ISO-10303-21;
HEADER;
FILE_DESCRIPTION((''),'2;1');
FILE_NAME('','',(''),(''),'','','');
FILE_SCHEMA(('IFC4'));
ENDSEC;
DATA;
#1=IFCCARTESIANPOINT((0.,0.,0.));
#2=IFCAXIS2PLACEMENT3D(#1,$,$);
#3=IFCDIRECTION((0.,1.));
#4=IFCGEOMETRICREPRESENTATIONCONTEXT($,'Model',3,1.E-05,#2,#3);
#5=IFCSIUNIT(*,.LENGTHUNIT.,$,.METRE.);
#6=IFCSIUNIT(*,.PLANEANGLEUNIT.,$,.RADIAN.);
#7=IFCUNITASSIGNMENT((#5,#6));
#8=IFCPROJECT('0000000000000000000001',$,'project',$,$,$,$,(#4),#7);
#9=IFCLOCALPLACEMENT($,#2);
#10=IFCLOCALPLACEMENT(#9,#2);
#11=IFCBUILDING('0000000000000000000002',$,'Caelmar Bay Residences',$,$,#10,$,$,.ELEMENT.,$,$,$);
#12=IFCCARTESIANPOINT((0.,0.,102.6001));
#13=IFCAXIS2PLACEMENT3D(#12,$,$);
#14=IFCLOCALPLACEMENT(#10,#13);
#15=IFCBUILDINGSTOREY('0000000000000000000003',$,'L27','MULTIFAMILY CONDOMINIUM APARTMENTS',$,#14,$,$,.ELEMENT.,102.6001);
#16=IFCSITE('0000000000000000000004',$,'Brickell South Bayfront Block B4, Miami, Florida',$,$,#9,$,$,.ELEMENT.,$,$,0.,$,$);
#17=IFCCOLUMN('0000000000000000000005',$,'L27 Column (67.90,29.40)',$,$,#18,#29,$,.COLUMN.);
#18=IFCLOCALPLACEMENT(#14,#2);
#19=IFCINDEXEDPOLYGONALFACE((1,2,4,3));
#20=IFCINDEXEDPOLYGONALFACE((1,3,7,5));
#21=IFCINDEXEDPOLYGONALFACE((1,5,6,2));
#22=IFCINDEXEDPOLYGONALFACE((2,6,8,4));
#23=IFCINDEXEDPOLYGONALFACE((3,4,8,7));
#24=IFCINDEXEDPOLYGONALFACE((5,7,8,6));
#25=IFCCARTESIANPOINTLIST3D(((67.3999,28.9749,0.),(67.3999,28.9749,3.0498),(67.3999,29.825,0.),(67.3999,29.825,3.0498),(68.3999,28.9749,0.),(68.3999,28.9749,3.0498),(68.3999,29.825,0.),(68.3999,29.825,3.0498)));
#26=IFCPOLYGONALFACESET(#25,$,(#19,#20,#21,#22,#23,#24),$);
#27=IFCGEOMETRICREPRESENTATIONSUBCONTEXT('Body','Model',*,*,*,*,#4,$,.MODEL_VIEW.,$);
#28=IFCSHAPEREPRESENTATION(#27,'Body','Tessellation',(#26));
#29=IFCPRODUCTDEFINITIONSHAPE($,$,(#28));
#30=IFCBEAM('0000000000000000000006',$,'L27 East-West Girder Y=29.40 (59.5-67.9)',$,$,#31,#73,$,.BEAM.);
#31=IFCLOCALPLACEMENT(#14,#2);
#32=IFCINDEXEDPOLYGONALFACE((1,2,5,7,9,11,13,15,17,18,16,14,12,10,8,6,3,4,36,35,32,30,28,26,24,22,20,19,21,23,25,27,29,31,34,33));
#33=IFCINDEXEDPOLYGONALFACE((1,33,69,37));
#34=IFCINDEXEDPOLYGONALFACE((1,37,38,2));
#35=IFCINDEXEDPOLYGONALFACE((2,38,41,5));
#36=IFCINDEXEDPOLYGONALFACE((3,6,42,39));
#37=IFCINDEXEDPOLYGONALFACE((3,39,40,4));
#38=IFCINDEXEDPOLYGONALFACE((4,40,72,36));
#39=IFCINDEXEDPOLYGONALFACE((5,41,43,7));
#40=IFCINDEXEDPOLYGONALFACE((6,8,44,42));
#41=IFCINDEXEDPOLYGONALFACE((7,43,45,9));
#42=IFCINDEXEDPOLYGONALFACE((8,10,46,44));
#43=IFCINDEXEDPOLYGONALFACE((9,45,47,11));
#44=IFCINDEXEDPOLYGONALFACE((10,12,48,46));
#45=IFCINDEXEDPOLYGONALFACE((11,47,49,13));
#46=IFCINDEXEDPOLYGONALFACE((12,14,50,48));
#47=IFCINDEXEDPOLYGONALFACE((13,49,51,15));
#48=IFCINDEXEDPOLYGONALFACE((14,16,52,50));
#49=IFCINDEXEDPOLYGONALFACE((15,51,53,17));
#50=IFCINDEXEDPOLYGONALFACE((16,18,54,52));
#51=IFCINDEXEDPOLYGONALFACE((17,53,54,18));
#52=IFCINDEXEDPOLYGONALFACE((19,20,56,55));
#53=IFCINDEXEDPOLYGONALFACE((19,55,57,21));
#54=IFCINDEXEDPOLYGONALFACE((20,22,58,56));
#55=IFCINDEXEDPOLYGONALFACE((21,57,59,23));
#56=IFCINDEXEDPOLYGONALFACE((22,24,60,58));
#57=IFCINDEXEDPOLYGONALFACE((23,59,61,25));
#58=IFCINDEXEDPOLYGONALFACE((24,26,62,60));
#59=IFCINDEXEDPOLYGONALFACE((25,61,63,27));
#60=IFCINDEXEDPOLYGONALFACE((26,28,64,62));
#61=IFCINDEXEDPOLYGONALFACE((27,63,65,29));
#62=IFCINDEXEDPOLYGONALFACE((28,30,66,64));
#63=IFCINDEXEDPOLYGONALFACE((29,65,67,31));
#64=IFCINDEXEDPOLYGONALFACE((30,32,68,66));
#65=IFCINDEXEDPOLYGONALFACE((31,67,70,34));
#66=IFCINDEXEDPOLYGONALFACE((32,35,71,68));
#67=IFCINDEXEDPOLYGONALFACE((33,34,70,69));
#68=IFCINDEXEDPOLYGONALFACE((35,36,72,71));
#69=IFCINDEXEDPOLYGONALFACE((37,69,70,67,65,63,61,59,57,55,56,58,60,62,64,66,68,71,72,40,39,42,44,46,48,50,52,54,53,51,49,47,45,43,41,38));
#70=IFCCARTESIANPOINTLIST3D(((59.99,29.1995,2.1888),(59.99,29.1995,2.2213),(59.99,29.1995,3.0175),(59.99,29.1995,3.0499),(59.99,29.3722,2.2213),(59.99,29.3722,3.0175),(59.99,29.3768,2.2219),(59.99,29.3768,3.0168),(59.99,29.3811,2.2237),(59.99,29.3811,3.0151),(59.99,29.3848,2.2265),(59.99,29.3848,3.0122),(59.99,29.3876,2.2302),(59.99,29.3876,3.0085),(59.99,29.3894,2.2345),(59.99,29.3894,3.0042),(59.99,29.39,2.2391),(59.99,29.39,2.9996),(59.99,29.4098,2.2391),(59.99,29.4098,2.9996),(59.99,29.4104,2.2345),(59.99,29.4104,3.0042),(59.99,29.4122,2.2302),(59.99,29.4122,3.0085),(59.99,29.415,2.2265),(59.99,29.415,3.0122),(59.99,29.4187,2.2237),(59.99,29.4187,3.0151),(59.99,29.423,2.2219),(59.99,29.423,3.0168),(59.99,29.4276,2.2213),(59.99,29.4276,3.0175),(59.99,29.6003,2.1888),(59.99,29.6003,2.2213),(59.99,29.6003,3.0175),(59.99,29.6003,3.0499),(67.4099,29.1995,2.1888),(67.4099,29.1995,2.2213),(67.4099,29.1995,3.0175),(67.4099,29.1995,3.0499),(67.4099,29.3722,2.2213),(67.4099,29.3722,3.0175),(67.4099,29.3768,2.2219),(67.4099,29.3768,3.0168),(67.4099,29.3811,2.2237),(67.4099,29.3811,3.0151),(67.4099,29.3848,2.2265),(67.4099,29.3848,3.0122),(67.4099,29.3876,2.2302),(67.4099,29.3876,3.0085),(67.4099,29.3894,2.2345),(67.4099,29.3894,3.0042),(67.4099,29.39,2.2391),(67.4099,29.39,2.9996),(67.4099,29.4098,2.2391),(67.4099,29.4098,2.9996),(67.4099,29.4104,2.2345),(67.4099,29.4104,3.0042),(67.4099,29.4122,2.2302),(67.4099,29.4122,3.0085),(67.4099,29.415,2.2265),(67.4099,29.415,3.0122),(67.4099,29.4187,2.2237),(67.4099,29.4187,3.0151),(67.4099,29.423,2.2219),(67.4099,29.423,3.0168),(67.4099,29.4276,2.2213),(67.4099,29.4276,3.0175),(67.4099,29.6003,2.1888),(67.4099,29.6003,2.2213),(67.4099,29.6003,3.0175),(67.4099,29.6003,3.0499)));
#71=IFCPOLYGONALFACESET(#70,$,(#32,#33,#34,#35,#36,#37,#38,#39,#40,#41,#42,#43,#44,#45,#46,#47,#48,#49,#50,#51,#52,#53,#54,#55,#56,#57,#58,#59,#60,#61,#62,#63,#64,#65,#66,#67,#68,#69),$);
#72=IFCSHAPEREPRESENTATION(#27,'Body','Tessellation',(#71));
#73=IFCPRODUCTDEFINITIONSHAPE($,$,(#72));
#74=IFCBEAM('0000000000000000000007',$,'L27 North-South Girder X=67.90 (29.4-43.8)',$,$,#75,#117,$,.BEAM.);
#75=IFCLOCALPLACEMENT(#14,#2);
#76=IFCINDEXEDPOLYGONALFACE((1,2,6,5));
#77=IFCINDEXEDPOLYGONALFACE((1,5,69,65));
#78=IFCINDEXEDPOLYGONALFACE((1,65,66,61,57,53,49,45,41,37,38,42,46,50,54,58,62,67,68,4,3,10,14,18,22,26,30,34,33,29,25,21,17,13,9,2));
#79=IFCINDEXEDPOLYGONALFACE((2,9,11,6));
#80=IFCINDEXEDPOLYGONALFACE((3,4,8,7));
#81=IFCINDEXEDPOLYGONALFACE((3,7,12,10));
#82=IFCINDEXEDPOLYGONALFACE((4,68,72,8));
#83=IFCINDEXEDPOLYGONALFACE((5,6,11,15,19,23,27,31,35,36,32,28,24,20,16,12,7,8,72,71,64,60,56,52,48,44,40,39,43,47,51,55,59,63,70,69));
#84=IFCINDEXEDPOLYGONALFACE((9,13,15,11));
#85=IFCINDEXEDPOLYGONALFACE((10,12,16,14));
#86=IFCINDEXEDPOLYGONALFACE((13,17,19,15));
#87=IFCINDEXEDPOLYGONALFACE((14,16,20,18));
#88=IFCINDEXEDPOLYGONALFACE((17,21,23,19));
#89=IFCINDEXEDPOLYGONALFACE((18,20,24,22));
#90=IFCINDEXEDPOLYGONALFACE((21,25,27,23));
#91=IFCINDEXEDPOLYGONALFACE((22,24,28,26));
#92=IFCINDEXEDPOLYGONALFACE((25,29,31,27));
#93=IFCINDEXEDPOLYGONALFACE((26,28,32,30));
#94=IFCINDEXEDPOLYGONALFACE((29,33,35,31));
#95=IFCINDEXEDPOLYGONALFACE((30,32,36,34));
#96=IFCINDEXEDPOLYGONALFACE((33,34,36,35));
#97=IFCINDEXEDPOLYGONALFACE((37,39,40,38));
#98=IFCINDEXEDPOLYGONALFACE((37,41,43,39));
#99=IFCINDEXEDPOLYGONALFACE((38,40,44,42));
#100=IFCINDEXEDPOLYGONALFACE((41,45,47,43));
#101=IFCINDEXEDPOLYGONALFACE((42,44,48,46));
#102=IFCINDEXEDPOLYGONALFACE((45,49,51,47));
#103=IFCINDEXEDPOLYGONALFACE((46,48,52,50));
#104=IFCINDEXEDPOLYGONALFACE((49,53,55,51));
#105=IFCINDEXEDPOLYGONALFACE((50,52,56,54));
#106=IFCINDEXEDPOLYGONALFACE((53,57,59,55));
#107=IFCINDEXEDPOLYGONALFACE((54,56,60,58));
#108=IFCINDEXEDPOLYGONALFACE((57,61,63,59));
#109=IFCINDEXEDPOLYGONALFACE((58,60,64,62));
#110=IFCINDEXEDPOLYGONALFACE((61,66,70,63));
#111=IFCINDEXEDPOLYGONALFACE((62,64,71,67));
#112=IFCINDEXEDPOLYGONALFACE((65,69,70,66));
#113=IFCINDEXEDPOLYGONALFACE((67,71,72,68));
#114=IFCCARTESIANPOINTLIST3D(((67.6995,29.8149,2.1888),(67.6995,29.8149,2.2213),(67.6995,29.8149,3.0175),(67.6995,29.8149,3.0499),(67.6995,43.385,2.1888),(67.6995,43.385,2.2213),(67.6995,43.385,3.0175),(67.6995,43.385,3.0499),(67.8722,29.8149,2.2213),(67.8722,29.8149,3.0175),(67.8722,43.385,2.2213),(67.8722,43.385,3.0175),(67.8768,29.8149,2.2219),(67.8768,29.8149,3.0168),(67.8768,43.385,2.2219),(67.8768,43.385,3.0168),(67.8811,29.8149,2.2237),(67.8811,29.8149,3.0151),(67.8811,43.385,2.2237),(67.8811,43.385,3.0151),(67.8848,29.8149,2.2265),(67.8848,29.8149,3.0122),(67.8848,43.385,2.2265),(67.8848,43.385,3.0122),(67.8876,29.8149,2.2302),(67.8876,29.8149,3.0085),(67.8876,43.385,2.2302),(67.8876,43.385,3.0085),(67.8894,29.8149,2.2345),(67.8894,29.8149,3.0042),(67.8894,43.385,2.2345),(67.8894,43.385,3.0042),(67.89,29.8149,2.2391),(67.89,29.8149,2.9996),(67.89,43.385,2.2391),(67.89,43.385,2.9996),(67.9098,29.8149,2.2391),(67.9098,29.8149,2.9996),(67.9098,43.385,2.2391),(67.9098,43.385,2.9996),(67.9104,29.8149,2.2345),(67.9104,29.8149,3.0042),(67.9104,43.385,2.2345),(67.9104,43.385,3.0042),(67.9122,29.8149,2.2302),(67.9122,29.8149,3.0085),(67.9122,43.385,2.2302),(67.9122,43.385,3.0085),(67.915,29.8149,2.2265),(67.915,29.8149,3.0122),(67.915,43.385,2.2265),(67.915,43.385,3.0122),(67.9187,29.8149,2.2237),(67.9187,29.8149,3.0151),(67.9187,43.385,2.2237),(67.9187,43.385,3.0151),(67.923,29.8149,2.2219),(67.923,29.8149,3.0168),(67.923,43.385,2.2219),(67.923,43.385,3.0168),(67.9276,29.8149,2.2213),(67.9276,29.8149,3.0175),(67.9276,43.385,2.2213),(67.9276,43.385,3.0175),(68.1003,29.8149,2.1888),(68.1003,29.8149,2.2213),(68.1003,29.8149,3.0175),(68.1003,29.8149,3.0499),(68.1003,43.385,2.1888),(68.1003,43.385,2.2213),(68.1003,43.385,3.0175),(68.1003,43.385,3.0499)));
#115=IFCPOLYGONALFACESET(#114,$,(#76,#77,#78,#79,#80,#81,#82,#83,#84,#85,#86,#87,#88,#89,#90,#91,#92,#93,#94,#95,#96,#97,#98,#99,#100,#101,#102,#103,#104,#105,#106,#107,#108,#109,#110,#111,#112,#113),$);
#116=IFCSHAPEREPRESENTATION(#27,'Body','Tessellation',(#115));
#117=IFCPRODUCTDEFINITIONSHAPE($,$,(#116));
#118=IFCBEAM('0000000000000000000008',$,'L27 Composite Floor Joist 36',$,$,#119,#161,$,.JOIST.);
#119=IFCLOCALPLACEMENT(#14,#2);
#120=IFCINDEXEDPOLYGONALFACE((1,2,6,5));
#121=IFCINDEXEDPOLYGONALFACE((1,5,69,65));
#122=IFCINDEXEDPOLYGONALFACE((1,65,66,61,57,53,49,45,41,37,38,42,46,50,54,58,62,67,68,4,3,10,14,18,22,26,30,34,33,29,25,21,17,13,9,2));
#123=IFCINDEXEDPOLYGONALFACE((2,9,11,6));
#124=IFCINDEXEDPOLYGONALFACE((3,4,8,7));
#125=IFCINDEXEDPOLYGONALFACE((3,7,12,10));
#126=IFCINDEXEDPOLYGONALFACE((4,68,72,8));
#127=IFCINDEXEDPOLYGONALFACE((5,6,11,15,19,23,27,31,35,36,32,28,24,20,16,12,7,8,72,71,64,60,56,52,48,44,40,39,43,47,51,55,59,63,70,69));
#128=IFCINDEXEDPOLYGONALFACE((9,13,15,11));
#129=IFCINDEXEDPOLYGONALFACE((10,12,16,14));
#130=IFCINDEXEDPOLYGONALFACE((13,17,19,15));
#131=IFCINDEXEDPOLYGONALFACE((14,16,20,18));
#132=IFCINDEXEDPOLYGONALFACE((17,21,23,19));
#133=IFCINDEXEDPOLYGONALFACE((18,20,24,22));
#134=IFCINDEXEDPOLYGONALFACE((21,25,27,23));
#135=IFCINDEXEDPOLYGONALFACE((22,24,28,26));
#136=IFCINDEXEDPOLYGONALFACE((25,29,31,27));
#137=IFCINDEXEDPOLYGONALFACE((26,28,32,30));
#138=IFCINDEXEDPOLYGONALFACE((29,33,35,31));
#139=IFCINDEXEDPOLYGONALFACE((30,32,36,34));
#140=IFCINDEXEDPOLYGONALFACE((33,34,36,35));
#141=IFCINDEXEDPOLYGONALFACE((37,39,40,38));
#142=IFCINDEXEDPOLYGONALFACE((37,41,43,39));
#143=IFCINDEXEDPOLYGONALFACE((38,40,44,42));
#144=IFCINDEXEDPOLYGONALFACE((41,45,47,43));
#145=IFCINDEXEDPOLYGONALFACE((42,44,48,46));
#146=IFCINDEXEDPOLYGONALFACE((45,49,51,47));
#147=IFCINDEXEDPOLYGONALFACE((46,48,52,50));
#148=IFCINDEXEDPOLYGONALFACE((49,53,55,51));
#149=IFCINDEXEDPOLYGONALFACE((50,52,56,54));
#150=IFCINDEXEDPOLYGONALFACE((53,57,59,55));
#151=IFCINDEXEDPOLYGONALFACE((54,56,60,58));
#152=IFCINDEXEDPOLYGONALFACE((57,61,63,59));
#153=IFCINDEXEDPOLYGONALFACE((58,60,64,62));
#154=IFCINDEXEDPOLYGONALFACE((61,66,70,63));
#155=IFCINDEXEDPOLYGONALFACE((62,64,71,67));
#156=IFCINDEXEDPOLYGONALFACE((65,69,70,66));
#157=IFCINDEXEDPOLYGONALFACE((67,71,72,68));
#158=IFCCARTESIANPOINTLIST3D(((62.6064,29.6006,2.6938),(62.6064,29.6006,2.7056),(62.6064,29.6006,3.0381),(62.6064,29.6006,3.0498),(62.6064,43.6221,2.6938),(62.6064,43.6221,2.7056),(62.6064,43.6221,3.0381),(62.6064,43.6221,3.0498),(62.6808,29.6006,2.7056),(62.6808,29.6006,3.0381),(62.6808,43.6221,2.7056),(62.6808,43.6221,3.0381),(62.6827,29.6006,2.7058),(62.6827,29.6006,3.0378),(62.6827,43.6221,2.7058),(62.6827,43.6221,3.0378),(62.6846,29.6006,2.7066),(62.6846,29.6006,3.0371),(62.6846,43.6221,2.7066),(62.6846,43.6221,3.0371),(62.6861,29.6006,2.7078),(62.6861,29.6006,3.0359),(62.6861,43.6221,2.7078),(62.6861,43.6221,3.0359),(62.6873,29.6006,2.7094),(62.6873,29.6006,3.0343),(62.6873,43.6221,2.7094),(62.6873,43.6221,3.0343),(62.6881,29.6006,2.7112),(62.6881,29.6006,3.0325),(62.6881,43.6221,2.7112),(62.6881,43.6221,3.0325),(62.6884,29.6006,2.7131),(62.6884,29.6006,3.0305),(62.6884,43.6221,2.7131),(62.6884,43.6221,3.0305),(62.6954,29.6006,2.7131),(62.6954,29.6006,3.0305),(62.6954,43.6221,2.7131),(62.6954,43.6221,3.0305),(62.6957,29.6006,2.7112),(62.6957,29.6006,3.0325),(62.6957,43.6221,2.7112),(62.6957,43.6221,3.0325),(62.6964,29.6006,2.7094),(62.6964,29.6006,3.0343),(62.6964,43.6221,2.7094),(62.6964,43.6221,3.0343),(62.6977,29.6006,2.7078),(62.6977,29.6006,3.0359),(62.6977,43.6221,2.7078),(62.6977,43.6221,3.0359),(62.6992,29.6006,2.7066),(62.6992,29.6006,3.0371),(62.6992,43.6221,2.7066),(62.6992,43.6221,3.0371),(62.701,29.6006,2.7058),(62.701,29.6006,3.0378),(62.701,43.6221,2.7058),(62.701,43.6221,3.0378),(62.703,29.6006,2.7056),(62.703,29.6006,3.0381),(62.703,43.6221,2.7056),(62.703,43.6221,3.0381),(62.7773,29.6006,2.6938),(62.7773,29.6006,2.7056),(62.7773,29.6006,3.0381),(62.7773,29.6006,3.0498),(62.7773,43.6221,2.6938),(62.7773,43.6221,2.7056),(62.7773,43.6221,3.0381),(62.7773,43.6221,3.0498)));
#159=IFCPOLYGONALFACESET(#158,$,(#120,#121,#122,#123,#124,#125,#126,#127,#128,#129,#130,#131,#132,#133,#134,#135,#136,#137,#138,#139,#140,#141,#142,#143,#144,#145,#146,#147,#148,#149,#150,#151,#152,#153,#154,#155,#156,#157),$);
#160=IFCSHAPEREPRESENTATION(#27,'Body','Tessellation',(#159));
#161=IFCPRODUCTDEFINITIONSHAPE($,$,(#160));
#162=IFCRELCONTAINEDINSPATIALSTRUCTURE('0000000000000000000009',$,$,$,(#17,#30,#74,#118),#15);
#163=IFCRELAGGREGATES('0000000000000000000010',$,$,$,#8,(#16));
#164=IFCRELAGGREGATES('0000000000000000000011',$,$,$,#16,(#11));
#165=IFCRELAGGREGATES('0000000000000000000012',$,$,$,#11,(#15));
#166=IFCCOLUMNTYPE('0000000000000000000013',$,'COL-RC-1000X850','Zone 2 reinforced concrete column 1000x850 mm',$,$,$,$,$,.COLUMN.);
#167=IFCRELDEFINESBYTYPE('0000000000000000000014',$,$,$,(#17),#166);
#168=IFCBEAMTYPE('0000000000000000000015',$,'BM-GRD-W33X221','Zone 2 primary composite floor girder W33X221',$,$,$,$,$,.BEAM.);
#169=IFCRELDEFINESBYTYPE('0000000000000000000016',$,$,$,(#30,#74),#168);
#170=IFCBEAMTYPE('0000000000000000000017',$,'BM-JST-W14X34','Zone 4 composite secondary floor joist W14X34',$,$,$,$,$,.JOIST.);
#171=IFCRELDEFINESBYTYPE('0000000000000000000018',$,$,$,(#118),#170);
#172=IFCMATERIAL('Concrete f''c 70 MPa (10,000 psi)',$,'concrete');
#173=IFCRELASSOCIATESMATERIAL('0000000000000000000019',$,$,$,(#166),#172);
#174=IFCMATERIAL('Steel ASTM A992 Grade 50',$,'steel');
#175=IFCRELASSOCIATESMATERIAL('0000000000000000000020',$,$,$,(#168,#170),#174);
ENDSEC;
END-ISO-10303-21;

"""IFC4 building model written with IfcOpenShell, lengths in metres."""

from ifc_helpers import new_model, si_unit, direction, frame, origin, origin_2d, place, context, subcontext, project, spatial, rectangle, i_section, extrude, material, material_profile, profile_set, type_object, element, save


model = new_model("IFC4")

# Units and contexts
model_context = context("Model", 3, precision=1e-05, world=origin(), true_north=direction((0.0, 1.0)))
body_context = subcontext(model_context, "Body", "Model", "MODEL_VIEW")
ifc_project = project(units=[si_unit("LENGTHUNIT", "METRE"), si_unit("PLANEANGLEUNIT", "RADIAN")], contexts=[model_context])

# Site, building, storey
site_placement = place(None, origin())
site = spatial("IfcSite", under=ifc_project, at=site_placement, Name="Brickell South Bayfront Block B4, Miami, Florida", CompositionType="ELEMENT", RefElevation=0.0)
building_placement = place(site_placement, origin())
building = spatial("IfcBuilding", under=site, at=building_placement, Name="Caelmar Bay Residences", CompositionType="ELEMENT")
storey_placement = place(building_placement, frame((0.0, 0.0, 102.6001)))
storey = spatial("IfcBuildingStorey", under=building, at=storey_placement, Name="L27", Description="MULTIFAMILY CONDOMINIUM APARTMENTS", CompositionType="ELEMENT", Elevation=102.6001)

# Column
ifc_material_1 = material(Name="Concrete f'c 70 MPa (10,000 psi)", Category="concrete")
ifc_material_profile_1 = material_profile(ifc_material_1, rectangle(XDim=1.0, YDim=0.8501, at=origin_2d()), Name="RC-COL-1000X850")
ifc_profile_set_1 = profile_set([ifc_material_profile_1], Name="Concrete f'c 70 MPa (10,000 psi)")
column_type = type_object("IfcColumnType", Name="COL-RC-1000X850", Description="Zone 2 reinforced concrete column 1000x850 mm", PredefinedType="COLUMN", material=ifc_profile_set_1)
column_placement = place(storey_placement, frame((67.8999, 29.3999, 0.0), z_axis=(0.0, 0.0, 1.0), x_axis=(1.0, 0.0, 0.0)))
element("IfcColumn", 1, at=column_placement, inside=storey, type_object=column_type, Name="L27 Column (67.90,29.40)", PredefinedType="COLUMN", context=body_context, shape_type="SweptSolid", body=[
    extrude(rectangle(XDim=1.0, YDim=0.8501, at=origin_2d()), origin(), (0.0, 0.0, 1.0), 3.0498),
])

# Beams
ifc_material_2 = material(Name="Steel ASTM A992 Grade 50", Category="steel")
ifc_material_profile_2 = material_profile(ifc_material_2, i_section(OverallWidth=0.4009, OverallDepth=0.8611, WebThickness=0.0198, FlangeThickness=0.0325, FilletRadius=0.0178, at=origin_2d()), Name="W33X221")
ifc_profile_set_2 = profile_set([ifc_material_profile_2], Name="Steel ASTM A992 Grade 50")
beam_type_1 = type_object("IfcBeamType", Name="BM-GRD-W33X221", Description="Zone 2 primary composite floor girder W33X221", PredefinedType="BEAM", material=ifc_profile_set_2)
beam_1_placement = place(storey_placement, frame((59.99, 29.3999, 2.6194), z_axis=(1.0, 0.0, 0.0), x_axis=(0.0, 1.0, 0.0)))
element("IfcBeam", 2, at=beam_1_placement, inside=storey, type_object=beam_type_1, Name="L27 East-West Girder Y=29.40 (59.5-67.9)", PredefinedType="BEAM", context=body_context, shape_type="SweptSolid", body=[
    extrude(i_section(OverallWidth=0.4009, OverallDepth=0.8611, WebThickness=0.0198, FlangeThickness=0.0325, FilletRadius=0.0178, at=origin_2d()), origin(), (0.0, 0.0, 1.0), 7.4199),
])
beam_2_placement = place(storey_placement, frame((67.8999, 29.8149, 2.6194), z_axis=(0.0, 1.0, 0.0), x_axis=(-1.0, 0.0, 0.0)))
element("IfcBeam", 3, at=beam_2_placement, inside=storey, type_object=beam_type_1, Name="L27 North-South Girder X=67.90 (29.4-43.8)", PredefinedType="BEAM", context=body_context, shape_type="SweptSolid", body=[
    extrude(i_section(OverallWidth=0.4009, OverallDepth=0.8611, WebThickness=0.0198, FlangeThickness=0.0325, FilletRadius=0.0178, at=origin_2d()), origin(), (0.0, 0.0, 1.0), 13.5701),
])
ifc_material_profile_3 = material_profile(ifc_material_2, i_section(OverallWidth=0.1709, OverallDepth=0.356, WebThickness=0.0071, FlangeThickness=0.0117, FilletRadius=0.0076, at=origin_2d()), Name="W14X34")
ifc_profile_set_3 = profile_set([ifc_material_profile_3], Name="Steel ASTM A992 Grade 50")
beam_type_2 = type_object("IfcBeamType", Name="BM-JST-W14X34", Description="Zone 4 composite secondary floor joist W14X34", PredefinedType="JOIST", material=ifc_profile_set_3)
beam_3_placement = place(storey_placement, frame((62.6919, 29.6006, 2.8718), z_axis=(0.0, 1.0, 0.0), x_axis=(-1.0, 0.0, 0.0)))
element("IfcBeam", 4, at=beam_3_placement, inside=storey, type_object=beam_type_2, Name="L27 Composite Floor Joist 36", PredefinedType="JOIST", context=body_context, shape_type="SweptSolid", body=[
    extrude(i_section(OverallWidth=0.1709, OverallDepth=0.356, WebThickness=0.0071, FlangeThickness=0.0117, FilletRadius=0.0076, at=origin_2d()), origin(), (0.0, 0.0, 1.0), 14.0215),
])

save(model, "model.ifc")
